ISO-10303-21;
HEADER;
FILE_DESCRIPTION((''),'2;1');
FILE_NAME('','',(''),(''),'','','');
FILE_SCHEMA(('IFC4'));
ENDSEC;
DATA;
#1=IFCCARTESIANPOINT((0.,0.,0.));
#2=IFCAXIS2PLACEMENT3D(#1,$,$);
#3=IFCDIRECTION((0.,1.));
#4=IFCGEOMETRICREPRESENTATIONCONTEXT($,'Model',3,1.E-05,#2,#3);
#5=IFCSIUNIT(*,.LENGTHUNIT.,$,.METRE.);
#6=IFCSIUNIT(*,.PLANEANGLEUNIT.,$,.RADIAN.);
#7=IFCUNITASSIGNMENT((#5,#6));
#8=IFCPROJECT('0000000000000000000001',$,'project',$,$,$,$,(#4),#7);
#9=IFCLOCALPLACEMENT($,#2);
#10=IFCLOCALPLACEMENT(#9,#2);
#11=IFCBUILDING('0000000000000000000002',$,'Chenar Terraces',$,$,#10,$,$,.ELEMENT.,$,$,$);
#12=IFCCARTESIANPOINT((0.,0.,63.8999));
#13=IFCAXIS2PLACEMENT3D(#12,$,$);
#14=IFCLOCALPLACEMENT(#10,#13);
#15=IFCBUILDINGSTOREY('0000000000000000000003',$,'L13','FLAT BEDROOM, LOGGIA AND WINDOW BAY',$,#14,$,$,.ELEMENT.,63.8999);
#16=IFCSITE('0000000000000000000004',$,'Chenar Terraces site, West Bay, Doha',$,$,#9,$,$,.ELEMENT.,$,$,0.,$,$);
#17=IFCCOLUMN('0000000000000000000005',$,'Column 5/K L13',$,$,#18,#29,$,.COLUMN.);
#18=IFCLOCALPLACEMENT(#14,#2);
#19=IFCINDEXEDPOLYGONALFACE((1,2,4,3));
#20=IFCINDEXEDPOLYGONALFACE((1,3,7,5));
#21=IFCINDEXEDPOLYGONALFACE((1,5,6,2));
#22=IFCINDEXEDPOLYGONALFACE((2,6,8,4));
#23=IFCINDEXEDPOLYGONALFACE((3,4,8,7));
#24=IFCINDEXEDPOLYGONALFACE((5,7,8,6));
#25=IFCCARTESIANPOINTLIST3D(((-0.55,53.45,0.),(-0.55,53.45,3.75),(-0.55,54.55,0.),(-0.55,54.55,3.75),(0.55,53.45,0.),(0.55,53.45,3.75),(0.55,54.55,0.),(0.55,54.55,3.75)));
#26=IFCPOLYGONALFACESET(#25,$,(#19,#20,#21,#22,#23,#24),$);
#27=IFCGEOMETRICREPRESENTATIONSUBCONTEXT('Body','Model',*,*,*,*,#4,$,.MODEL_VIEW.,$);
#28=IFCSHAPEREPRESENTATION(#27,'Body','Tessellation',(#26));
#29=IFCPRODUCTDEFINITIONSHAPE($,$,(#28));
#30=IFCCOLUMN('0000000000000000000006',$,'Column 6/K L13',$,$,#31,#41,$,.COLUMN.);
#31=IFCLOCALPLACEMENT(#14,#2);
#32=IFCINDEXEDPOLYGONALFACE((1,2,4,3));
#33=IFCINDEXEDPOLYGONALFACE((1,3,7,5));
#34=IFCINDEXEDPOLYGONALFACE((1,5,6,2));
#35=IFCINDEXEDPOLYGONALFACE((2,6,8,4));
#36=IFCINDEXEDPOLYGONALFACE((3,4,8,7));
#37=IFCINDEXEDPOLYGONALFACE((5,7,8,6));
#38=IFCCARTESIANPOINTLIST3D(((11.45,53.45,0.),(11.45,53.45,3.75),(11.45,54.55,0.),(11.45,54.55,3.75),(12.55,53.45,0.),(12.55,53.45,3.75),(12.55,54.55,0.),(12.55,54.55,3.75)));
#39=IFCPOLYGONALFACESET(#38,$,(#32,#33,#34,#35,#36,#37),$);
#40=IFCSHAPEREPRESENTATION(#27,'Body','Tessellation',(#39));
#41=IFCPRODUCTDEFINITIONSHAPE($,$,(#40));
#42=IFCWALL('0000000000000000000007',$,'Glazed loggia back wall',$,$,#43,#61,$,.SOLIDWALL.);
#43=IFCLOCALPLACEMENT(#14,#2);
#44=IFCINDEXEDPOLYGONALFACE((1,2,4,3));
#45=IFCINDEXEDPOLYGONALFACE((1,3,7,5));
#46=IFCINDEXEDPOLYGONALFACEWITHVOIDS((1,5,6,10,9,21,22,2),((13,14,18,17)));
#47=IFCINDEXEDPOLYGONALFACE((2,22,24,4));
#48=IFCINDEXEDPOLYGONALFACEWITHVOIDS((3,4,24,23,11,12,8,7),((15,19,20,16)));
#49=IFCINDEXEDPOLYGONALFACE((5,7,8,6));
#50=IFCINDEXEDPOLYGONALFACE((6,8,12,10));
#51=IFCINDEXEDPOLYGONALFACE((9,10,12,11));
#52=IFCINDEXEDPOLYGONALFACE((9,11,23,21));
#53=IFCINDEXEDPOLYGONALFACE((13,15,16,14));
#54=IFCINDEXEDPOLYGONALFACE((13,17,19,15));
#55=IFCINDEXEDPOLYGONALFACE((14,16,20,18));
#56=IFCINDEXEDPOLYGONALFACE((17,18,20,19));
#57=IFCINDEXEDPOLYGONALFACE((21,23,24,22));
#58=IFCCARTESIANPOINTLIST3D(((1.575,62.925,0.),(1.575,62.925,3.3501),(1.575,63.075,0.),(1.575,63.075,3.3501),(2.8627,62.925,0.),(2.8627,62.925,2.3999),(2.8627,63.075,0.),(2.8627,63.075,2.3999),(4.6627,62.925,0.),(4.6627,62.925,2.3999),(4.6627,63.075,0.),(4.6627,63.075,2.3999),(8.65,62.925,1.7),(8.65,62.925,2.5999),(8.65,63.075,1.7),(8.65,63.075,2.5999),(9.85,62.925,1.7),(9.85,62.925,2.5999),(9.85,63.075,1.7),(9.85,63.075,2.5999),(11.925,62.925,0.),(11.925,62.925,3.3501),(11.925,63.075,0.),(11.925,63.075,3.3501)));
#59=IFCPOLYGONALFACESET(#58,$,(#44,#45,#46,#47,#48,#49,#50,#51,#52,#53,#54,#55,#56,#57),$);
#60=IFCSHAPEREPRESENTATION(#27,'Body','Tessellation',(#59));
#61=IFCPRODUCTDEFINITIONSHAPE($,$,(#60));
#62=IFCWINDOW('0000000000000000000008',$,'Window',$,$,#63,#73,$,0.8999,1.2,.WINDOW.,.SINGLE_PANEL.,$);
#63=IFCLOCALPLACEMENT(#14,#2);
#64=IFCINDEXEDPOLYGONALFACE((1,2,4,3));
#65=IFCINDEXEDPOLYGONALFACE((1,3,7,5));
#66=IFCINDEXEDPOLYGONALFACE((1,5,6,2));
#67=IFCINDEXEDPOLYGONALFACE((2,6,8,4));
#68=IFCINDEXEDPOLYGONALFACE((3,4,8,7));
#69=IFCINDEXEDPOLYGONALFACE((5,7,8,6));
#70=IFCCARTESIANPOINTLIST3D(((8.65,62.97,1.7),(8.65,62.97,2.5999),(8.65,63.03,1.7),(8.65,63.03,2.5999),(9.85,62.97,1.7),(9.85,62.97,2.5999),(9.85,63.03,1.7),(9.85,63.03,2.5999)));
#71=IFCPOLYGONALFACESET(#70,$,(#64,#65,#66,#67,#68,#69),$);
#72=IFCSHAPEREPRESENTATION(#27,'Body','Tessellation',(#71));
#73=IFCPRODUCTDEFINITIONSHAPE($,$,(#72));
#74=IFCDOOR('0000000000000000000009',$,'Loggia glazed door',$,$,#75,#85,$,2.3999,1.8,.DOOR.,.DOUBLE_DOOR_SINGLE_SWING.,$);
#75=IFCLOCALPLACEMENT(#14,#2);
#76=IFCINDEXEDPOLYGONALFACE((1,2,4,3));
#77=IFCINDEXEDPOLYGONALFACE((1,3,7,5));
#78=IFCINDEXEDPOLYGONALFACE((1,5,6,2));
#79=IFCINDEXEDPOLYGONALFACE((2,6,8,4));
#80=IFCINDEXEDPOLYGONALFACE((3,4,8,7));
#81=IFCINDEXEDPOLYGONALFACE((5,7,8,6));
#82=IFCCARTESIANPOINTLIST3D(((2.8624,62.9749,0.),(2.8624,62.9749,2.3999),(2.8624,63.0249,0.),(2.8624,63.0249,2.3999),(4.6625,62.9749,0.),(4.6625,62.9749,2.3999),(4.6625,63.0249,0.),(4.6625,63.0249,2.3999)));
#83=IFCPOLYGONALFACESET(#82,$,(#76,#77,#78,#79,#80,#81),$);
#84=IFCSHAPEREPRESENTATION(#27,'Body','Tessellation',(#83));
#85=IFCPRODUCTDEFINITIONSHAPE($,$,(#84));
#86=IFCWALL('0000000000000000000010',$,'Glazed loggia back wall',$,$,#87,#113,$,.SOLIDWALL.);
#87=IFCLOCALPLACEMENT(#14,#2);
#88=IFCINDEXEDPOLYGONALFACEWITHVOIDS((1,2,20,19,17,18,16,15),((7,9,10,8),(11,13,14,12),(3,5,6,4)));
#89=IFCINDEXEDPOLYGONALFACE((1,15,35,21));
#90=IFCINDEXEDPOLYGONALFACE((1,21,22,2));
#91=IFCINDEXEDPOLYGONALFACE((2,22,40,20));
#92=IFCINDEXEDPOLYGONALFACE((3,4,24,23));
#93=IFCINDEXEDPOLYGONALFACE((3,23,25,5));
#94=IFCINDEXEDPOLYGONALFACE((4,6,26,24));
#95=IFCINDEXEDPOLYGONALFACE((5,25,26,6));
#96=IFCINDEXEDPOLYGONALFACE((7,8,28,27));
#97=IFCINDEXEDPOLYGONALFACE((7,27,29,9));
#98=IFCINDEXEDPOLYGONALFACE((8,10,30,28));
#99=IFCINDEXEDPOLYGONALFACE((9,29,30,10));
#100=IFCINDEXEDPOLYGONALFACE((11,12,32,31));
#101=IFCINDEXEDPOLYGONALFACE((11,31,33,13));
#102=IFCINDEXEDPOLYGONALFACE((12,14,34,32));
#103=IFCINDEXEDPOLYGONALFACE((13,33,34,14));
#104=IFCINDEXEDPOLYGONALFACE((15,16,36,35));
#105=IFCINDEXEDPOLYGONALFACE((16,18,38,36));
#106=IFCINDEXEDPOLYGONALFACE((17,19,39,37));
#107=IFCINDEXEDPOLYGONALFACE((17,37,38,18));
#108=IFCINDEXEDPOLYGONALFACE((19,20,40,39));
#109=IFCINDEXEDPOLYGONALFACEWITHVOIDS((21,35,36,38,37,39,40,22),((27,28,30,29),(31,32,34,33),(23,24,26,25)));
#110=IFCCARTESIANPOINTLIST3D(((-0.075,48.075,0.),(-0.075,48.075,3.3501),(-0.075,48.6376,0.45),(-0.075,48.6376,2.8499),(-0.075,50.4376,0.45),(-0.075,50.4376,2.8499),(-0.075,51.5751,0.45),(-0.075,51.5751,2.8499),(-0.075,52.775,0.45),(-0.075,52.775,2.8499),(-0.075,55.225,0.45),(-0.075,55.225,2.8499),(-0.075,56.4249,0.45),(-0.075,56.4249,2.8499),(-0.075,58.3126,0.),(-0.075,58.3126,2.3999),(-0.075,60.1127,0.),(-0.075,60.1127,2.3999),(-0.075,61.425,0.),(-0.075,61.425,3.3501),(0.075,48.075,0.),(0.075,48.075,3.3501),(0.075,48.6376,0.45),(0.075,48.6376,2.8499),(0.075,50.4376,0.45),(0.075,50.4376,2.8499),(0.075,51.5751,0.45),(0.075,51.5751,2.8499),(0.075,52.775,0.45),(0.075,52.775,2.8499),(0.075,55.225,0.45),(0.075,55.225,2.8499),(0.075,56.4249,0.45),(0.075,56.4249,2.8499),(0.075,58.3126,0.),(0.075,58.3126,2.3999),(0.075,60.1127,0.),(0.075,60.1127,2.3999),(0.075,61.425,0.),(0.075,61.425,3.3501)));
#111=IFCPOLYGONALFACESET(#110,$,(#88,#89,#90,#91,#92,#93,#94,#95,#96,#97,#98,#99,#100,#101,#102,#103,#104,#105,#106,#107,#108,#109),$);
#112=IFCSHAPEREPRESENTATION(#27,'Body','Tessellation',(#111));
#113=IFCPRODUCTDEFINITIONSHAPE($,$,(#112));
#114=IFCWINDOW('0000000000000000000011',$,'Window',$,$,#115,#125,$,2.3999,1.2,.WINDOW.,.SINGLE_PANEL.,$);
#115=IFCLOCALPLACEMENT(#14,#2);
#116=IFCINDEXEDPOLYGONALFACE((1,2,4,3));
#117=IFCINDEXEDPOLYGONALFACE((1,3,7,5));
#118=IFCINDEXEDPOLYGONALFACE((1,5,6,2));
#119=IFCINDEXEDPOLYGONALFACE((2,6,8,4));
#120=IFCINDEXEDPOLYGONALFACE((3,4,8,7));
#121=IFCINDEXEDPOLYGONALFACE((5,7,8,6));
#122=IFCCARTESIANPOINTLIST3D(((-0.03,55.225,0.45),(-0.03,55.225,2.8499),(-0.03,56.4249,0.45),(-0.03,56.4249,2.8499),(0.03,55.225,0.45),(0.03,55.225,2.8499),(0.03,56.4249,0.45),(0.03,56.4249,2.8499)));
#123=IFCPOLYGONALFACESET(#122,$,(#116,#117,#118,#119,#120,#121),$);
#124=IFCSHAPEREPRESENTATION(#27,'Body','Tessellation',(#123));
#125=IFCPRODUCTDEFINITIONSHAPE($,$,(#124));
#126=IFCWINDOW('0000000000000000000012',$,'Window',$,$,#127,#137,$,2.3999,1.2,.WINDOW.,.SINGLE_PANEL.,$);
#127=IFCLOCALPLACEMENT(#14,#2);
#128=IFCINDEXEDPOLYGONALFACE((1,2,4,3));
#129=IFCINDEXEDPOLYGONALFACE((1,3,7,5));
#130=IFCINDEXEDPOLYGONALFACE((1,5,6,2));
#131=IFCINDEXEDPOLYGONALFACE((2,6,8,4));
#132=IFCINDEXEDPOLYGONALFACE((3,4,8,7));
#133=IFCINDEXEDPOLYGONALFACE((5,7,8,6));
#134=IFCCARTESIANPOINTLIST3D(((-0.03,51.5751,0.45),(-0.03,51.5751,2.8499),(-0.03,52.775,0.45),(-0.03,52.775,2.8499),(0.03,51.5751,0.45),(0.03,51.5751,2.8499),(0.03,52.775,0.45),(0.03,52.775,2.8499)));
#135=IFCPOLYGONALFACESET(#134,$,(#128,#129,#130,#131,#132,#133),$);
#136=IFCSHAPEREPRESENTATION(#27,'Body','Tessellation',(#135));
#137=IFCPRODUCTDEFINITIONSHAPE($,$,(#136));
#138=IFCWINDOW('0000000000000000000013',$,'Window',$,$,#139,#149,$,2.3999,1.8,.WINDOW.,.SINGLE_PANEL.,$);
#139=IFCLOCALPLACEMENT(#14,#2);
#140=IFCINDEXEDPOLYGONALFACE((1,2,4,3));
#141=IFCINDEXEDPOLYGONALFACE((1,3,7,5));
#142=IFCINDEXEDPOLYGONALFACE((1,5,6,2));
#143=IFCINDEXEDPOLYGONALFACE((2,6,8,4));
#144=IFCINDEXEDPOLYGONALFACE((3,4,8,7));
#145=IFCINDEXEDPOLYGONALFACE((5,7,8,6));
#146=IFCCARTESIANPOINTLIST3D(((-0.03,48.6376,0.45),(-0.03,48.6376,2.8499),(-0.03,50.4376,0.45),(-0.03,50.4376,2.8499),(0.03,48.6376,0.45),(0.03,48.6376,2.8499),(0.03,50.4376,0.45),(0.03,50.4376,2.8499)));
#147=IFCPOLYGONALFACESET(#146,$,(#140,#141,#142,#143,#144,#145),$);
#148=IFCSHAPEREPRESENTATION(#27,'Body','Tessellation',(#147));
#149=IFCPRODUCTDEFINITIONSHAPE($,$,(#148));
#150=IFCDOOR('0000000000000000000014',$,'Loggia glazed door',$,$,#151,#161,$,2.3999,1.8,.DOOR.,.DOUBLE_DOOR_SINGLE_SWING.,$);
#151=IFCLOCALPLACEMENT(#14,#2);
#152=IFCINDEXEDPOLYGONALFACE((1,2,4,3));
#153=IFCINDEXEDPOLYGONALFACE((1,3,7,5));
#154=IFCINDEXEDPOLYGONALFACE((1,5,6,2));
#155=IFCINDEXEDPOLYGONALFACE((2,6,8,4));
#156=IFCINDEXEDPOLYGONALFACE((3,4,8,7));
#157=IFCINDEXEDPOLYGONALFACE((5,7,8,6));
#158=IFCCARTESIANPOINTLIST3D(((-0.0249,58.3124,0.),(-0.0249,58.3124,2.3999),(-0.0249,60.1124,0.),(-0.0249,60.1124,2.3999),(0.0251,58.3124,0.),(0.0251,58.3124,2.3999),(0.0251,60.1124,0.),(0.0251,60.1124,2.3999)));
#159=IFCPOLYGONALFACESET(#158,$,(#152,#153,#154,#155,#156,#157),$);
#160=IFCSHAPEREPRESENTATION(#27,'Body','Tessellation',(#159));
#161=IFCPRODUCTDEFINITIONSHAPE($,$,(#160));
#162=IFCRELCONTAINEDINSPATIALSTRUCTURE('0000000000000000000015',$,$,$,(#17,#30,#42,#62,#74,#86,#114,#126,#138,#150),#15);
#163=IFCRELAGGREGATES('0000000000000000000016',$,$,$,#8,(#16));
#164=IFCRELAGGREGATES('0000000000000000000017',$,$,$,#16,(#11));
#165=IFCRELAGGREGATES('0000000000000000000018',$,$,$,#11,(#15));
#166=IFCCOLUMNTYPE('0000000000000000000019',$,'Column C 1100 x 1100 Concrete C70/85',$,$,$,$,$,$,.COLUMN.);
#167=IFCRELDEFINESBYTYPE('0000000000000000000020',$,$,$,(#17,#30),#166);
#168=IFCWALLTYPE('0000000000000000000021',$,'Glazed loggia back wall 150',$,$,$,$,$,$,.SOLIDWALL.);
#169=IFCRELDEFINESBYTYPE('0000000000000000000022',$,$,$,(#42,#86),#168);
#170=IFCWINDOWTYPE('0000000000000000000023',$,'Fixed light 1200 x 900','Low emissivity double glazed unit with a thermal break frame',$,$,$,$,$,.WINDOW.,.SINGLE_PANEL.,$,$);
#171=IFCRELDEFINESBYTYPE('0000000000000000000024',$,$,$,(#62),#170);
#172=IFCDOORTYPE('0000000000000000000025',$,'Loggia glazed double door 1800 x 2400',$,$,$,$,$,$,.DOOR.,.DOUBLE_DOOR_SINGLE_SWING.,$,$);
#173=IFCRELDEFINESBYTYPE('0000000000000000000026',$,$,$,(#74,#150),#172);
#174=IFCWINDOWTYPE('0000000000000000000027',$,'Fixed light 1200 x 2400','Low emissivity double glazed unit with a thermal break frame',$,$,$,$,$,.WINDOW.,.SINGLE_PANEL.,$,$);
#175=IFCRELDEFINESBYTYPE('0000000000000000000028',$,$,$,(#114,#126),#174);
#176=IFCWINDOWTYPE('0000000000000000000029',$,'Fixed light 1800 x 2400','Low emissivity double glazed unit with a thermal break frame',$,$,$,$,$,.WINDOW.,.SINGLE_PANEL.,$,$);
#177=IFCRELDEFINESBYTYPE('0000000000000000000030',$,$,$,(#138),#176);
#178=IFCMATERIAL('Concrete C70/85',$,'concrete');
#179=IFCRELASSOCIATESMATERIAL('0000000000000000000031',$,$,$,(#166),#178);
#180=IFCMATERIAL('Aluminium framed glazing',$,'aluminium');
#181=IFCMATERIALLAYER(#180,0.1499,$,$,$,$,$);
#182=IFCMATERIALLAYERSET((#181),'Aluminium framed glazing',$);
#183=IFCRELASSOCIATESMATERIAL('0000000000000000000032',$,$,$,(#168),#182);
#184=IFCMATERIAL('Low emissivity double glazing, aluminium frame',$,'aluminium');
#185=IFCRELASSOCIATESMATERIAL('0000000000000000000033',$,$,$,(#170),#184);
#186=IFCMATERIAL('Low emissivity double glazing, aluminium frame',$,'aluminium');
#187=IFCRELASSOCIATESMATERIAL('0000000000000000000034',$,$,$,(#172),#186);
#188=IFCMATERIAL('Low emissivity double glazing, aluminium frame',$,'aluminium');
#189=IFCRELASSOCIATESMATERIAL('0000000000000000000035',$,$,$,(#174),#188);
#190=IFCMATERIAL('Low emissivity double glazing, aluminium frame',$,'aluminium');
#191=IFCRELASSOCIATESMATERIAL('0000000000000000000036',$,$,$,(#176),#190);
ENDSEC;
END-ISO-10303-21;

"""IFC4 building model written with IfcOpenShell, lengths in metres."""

from ifc_helpers import new_model, si_unit, direction, frame, frame_2d, origin, origin_2d, place, context, subcontext, project, spatial, rectangle, extrude, material, layer, layer_set, material_profile, profile_set, type_object, element, fill, save


model = new_model("IFC4")

# Units and contexts
model_context = context("Model", 3, precision=1e-05, world=origin(), true_north=direction((0.0, 1.0)))
body_context = subcontext(model_context, "Body", "Model", "MODEL_VIEW")
ifc_project = project(units=[si_unit("LENGTHUNIT", "METRE"), si_unit("PLANEANGLEUNIT", "RADIAN")], contexts=[model_context])

# Site, building, storey
site_placement = place(None, origin())
site = spatial("IfcSite", under=ifc_project, at=site_placement, Name="Chenar Terraces site, West Bay, Doha", CompositionType="ELEMENT", RefElevation=0.0)
building_placement = place(site_placement, origin())
building = spatial("IfcBuilding", under=site, at=building_placement, Name="Chenar Terraces", CompositionType="ELEMENT")
storey_placement = place(building_placement, frame((0.0, 0.0, 63.8999)))
storey = spatial("IfcBuildingStorey", under=building, at=storey_placement, Name="L13", Description="FLAT BEDROOM, LOGGIA AND WINDOW BAY", CompositionType="ELEMENT", Elevation=63.8999)

# Columns
ifc_material_1 = material(Name="Concrete C70/85", Category="concrete")
ifc_material_profile_1 = material_profile(ifc_material_1, rectangle(XDim=1.1001, YDim=1.1001, at=origin_2d()), Name="C 1100 x 1100")
ifc_profile_set_1 = profile_set([ifc_material_profile_1], Name="Concrete C70/85")
column_type = type_object("IfcColumnType", Name="Column C 1100 x 1100 Concrete C70/85", PredefinedType="COLUMN", material=ifc_profile_set_1)
for number, where, z_axis, x_axis, name in (
    (1, (0.0, 54.0, 0.0), (0.0, 0.0, 1.0), (1.0, 0.0, 0.0), "Column 5/K L13"),
    (2, (12.0, 54.0, 0.0), (0.0, 0.0, 1.0), (1.0, 0.0, 0.0), "Column 6/K L13"),
):
    element("IfcColumn", number, at=place(storey_placement, frame(where, z_axis=z_axis, x_axis=x_axis)), inside=storey, type_object=column_type, Name=name, PredefinedType="COLUMN", context=body_context, shape_type="SweptSolid", body=[
        extrude(rectangle(XDim=1.1001, YDim=1.1001, at=origin_2d()), origin(), (0.0, 0.0, 1.0), 3.75),
    ])

# Wall, openings, window, door
ifc_material_2 = material(Name="Aluminium framed glazing", Category="aluminium")
ifc_layer_1 = layer(ifc_material_2, 0.1499)
ifc_layer_set_1 = layer_set([ifc_layer_1], Name="Aluminium framed glazing")
wall_type_1 = type_object("IfcWallType", Name="Glazed loggia back wall 150", PredefinedType="SOLIDWALL", material=ifc_layer_set_1)
wall_1_placement = place(storey_placement, frame((11.925, 63.0, 0.0), z_axis=(0.0, 0.0, 1.0), x_axis=(-1.0, 0.0, 0.0)))
wall_1 = element("IfcWall", 3, at=wall_1_placement, inside=storey, type_object=wall_type_1, Name="Glazed loggia back wall", PredefinedType="SOLIDWALL", context=body_context, shape_type="SweptSolid", body=[
    extrude(rectangle(XDim=10.3501, YDim=0.1499, at=frame_2d((5.175, 0.0))), origin(), (0.0, 0.0, 1.0), 3.3501),
])
opening_1_placement = place(wall_1_placement, frame((2.075, 0.0, 1.7)))
opening_1 = element("IfcOpeningElement", 4, at=opening_1_placement, cuts=wall_1, PredefinedType="OPENING", context=body_context, shape_type="SweptSolid", body=[
    extrude(rectangle(XDim=1.2, YDim=0.8999, at=frame_2d((0.6001, 0.45))), frame((0.0, 0.085, 0.0), z_axis=(0.0, -1.0, 0.0), x_axis=(1.0, 0.0, 0.0)), (0.0, 0.0, 1.0), 0.1699),
])
opening_2_placement = place(wall_1_placement, frame((7.2625, 0.0, 0.0)))
opening_2 = element("IfcOpeningElement", 5, at=opening_2_placement, cuts=wall_1, PredefinedType="OPENING", context=body_context, shape_type="SweptSolid", body=[
    extrude(rectangle(XDim=1.8, YDim=2.3999, at=frame_2d((0.8999, 1.2))), frame((0.0, 0.085, 0.0), z_axis=(0.0, -1.0, 0.0), x_axis=(1.0, 0.0, 0.0)), (0.0, 0.0, 1.0), 0.1699),
])
ifc_material_3 = material(Name="Low emissivity double glazing, aluminium frame", Category="aluminium")
window_type_1 = type_object("IfcWindowType", Name="Fixed light 1200 x 900", Description="Low emissivity double glazed unit with a thermal break frame", PartitioningType="SINGLE_PANEL", PredefinedType="WINDOW", material=ifc_material_3)
window_1_placement = place(opening_1_placement, origin())
window_1 = element("IfcWindow", 6, at=window_1_placement, inside=storey, type_object=window_type_1, Name="Window", OverallHeight=0.8999, OverallWidth=1.2, PartitioningType="SINGLE_PANEL", PredefinedType="WINDOW", context=body_context, shape_type="SweptSolid", body=[
    extrude(rectangle(XDim=1.2, YDim=0.8999, at=frame_2d((0.6001, 0.45))), frame((0.0, 0.03, 0.0), z_axis=(0.0, -1.0, 0.0), x_axis=(1.0, 0.0, 0.0)), (0.0, 0.0, 1.0), 0.0601),
])
fill(opening_1, window_1)
ifc_material_4 = material(Name="Low emissivity double glazing, aluminium frame", Category="aluminium")
door_type_1 = type_object("IfcDoorType", Name="Loggia glazed double door 1800 x 2400", OperationType="DOUBLE_DOOR_SINGLE_SWING", PredefinedType="DOOR", material=ifc_material_4)
door_1_placement = place(opening_2_placement, frame((1.8, 0.0, 0.0), z_axis=(0.0, 0.0, 1.0), x_axis=(-1.0, 0.0, 0.0)))
door_1 = element("IfcDoor", 7, at=door_1_placement, inside=storey, type_object=door_type_1, Name="Loggia glazed door", OperationType="DOUBLE_DOOR_SINGLE_SWING", OverallHeight=2.3999, OverallWidth=1.8, PredefinedType="DOOR", context=body_context, shape_type="SweptSolid", body=[
    extrude(rectangle(XDim=1.8, YDim=2.3999, at=frame_2d((0.8999, 1.2))), frame((0.0, 0.0249, 0.0), z_axis=(0.0, -1.0, 0.0), x_axis=(1.0, 0.0, 0.0)), (0.0, 0.0, 1.0), 0.05),
])
fill(opening_2, door_1)

# Wall, openings, windows, door
wall_2_placement = place(storey_placement, frame((0.0, 61.425, 0.0), z_axis=(0.0, 0.0, 1.0), x_axis=(0.0, -1.0, 0.0)))
wall_2 = element("IfcWall", 8, at=wall_2_placement, inside=storey, type_object=wall_type_1, Name="Glazed loggia back wall", PredefinedType="SOLIDWALL", context=body_context, shape_type="SweptSolid", body=[
    extrude(rectangle(XDim=13.3501, YDim=0.1499, at=frame_2d((6.675, 0.0))), origin(), (0.0, 0.0, 1.0), 3.3501),
])
opening_3_placement = place(wall_2_placement, frame((1.3125, 0.0, 0.0)))
opening_3 = element("IfcOpeningElement", 9, at=opening_3_placement, cuts=wall_2, PredefinedType="OPENING", context=body_context, shape_type="SweptSolid", body=[
    extrude(rectangle(XDim=1.8, YDim=2.3999, at=frame_2d((0.8999, 1.2))), frame((0.0, 0.085, 0.0), z_axis=(0.0, -1.0, 0.0), x_axis=(1.0, 0.0, 0.0)), (0.0, 0.0, 1.0), 0.1699),
])
opening_4_placement = place(wall_2_placement, frame((5.0, 0.0, 0.45)))
opening_4 = element("IfcOpeningElement", 10, at=opening_4_placement, cuts=wall_2, PredefinedType="OPENING", context=body_context, shape_type="SweptSolid", body=[
    extrude(rectangle(XDim=1.2, YDim=2.3999, at=frame_2d((0.6001, 1.2))), frame((0.0, 0.085, 0.0), z_axis=(0.0, -1.0, 0.0), x_axis=(1.0, 0.0, 0.0)), (0.0, 0.0, 1.0), 0.1699),
])
opening_5_placement = place(wall_2_placement, frame((8.6499, 0.0, 0.45)))
opening_5 = element("IfcOpeningElement", 11, at=opening_5_placement, cuts=wall_2, PredefinedType="OPENING", context=body_context, shape_type="SweptSolid", body=[
    extrude(rectangle(XDim=1.2, YDim=2.3999, at=frame_2d((0.6001, 1.2))), frame((0.0, 0.085, 0.0), z_axis=(0.0, -1.0, 0.0), x_axis=(1.0, 0.0, 0.0)), (0.0, 0.0, 1.0), 0.1699),
])
opening_6_placement = place(wall_2_placement, frame((10.9875, 0.0, 0.45)))
opening_6 = element("IfcOpeningElement", 12, at=opening_6_placement, cuts=wall_2, PredefinedType="OPENING", context=body_context, shape_type="SweptSolid", body=[
    extrude(rectangle(XDim=1.8, YDim=2.3999, at=frame_2d((0.8999, 1.2))), frame((0.0, 0.085, 0.0), z_axis=(0.0, -1.0, 0.0), x_axis=(1.0, 0.0, 0.0)), (0.0, 0.0, 1.0), 0.1699),
])
ifc_material_5 = material(Name="Low emissivity double glazing, aluminium frame", Category="aluminium")
window_type_2 = type_object("IfcWindowType", Name="Fixed light 1200 x 2400", Description="Low emissivity double glazed unit with a thermal break frame", PartitioningType="SINGLE_PANEL", PredefinedType="WINDOW", material=ifc_material_5)
window_2_placement = place(opening_4_placement, origin())
window_2 = element("IfcWindow", 13, at=window_2_placement, inside=storey, type_object=window_type_2, Name="Window", OverallHeight=2.3999, OverallWidth=1.2, PartitioningType="SINGLE_PANEL", PredefinedType="WINDOW", context=body_context, shape_type="SweptSolid", body=[
    extrude(rectangle(XDim=1.2, YDim=2.3999, at=frame_2d((0.6001, 1.2))), frame((0.0, 0.03, 0.0), z_axis=(0.0, -1.0, 0.0), x_axis=(1.0, 0.0, 0.0)), (0.0, 0.0, 1.0), 0.0601),
])
fill(opening_4, window_2)
window_3_placement = place(opening_5_placement, origin())
window_3 = element("IfcWindow", 14, at=window_3_placement, inside=storey, type_object=window_type_2, Name="Window", OverallHeight=2.3999, OverallWidth=1.2, PartitioningType="SINGLE_PANEL", PredefinedType="WINDOW", context=body_context, shape_type="SweptSolid", body=[
    extrude(rectangle(XDim=1.2, YDim=2.3999, at=frame_2d((0.6001, 1.2))), frame((0.0, 0.03, 0.0), z_axis=(0.0, -1.0, 0.0), x_axis=(1.0, 0.0, 0.0)), (0.0, 0.0, 1.0), 0.0601),
])
fill(opening_5, window_3)
ifc_material_6 = material(Name="Low emissivity double glazing, aluminium frame", Category="aluminium")
window_type_3 = type_object("IfcWindowType", Name="Fixed light 1800 x 2400", Description="Low emissivity double glazed unit with a thermal break frame", PartitioningType="SINGLE_PANEL", PredefinedType="WINDOW", material=ifc_material_6)
window_4_placement = place(opening_6_placement, origin())
window_4 = element("IfcWindow", 15, at=window_4_placement, inside=storey, type_object=window_type_3, Name="Window", OverallHeight=2.3999, OverallWidth=1.8, PartitioningType="SINGLE_PANEL", PredefinedType="WINDOW", context=body_context, shape_type="SweptSolid", body=[
    extrude(rectangle(XDim=1.8, YDim=2.3999, at=frame_2d((0.8999, 1.2))), frame((0.0, 0.03, 0.0), z_axis=(0.0, -1.0, 0.0), x_axis=(1.0, 0.0, 0.0)), (0.0, 0.0, 1.0), 0.0601),
])
fill(opening_6, window_4)
door_2_placement = place(opening_3_placement, frame((1.8, 0.0, 0.0), z_axis=(0.0, 0.0, 1.0), x_axis=(-1.0, 0.0, 0.0)))
door_2 = element("IfcDoor", 16, at=door_2_placement, inside=storey, type_object=door_type_1, Name="Loggia glazed door", OperationType="DOUBLE_DOOR_SINGLE_SWING", OverallHeight=2.3999, OverallWidth=1.8, PredefinedType="DOOR", context=body_context, shape_type="SweptSolid", body=[
    extrude(rectangle(XDim=1.8, YDim=2.3999, at=frame_2d((0.8999, 1.2))), frame((0.0, 0.0249, 0.0), z_axis=(0.0, -1.0, 0.0), x_axis=(1.0, 0.0, 0.0)), (0.0, 0.0, 1.0), 0.05),
])
fill(opening_3, door_2)

save(model, "model.ifc")
